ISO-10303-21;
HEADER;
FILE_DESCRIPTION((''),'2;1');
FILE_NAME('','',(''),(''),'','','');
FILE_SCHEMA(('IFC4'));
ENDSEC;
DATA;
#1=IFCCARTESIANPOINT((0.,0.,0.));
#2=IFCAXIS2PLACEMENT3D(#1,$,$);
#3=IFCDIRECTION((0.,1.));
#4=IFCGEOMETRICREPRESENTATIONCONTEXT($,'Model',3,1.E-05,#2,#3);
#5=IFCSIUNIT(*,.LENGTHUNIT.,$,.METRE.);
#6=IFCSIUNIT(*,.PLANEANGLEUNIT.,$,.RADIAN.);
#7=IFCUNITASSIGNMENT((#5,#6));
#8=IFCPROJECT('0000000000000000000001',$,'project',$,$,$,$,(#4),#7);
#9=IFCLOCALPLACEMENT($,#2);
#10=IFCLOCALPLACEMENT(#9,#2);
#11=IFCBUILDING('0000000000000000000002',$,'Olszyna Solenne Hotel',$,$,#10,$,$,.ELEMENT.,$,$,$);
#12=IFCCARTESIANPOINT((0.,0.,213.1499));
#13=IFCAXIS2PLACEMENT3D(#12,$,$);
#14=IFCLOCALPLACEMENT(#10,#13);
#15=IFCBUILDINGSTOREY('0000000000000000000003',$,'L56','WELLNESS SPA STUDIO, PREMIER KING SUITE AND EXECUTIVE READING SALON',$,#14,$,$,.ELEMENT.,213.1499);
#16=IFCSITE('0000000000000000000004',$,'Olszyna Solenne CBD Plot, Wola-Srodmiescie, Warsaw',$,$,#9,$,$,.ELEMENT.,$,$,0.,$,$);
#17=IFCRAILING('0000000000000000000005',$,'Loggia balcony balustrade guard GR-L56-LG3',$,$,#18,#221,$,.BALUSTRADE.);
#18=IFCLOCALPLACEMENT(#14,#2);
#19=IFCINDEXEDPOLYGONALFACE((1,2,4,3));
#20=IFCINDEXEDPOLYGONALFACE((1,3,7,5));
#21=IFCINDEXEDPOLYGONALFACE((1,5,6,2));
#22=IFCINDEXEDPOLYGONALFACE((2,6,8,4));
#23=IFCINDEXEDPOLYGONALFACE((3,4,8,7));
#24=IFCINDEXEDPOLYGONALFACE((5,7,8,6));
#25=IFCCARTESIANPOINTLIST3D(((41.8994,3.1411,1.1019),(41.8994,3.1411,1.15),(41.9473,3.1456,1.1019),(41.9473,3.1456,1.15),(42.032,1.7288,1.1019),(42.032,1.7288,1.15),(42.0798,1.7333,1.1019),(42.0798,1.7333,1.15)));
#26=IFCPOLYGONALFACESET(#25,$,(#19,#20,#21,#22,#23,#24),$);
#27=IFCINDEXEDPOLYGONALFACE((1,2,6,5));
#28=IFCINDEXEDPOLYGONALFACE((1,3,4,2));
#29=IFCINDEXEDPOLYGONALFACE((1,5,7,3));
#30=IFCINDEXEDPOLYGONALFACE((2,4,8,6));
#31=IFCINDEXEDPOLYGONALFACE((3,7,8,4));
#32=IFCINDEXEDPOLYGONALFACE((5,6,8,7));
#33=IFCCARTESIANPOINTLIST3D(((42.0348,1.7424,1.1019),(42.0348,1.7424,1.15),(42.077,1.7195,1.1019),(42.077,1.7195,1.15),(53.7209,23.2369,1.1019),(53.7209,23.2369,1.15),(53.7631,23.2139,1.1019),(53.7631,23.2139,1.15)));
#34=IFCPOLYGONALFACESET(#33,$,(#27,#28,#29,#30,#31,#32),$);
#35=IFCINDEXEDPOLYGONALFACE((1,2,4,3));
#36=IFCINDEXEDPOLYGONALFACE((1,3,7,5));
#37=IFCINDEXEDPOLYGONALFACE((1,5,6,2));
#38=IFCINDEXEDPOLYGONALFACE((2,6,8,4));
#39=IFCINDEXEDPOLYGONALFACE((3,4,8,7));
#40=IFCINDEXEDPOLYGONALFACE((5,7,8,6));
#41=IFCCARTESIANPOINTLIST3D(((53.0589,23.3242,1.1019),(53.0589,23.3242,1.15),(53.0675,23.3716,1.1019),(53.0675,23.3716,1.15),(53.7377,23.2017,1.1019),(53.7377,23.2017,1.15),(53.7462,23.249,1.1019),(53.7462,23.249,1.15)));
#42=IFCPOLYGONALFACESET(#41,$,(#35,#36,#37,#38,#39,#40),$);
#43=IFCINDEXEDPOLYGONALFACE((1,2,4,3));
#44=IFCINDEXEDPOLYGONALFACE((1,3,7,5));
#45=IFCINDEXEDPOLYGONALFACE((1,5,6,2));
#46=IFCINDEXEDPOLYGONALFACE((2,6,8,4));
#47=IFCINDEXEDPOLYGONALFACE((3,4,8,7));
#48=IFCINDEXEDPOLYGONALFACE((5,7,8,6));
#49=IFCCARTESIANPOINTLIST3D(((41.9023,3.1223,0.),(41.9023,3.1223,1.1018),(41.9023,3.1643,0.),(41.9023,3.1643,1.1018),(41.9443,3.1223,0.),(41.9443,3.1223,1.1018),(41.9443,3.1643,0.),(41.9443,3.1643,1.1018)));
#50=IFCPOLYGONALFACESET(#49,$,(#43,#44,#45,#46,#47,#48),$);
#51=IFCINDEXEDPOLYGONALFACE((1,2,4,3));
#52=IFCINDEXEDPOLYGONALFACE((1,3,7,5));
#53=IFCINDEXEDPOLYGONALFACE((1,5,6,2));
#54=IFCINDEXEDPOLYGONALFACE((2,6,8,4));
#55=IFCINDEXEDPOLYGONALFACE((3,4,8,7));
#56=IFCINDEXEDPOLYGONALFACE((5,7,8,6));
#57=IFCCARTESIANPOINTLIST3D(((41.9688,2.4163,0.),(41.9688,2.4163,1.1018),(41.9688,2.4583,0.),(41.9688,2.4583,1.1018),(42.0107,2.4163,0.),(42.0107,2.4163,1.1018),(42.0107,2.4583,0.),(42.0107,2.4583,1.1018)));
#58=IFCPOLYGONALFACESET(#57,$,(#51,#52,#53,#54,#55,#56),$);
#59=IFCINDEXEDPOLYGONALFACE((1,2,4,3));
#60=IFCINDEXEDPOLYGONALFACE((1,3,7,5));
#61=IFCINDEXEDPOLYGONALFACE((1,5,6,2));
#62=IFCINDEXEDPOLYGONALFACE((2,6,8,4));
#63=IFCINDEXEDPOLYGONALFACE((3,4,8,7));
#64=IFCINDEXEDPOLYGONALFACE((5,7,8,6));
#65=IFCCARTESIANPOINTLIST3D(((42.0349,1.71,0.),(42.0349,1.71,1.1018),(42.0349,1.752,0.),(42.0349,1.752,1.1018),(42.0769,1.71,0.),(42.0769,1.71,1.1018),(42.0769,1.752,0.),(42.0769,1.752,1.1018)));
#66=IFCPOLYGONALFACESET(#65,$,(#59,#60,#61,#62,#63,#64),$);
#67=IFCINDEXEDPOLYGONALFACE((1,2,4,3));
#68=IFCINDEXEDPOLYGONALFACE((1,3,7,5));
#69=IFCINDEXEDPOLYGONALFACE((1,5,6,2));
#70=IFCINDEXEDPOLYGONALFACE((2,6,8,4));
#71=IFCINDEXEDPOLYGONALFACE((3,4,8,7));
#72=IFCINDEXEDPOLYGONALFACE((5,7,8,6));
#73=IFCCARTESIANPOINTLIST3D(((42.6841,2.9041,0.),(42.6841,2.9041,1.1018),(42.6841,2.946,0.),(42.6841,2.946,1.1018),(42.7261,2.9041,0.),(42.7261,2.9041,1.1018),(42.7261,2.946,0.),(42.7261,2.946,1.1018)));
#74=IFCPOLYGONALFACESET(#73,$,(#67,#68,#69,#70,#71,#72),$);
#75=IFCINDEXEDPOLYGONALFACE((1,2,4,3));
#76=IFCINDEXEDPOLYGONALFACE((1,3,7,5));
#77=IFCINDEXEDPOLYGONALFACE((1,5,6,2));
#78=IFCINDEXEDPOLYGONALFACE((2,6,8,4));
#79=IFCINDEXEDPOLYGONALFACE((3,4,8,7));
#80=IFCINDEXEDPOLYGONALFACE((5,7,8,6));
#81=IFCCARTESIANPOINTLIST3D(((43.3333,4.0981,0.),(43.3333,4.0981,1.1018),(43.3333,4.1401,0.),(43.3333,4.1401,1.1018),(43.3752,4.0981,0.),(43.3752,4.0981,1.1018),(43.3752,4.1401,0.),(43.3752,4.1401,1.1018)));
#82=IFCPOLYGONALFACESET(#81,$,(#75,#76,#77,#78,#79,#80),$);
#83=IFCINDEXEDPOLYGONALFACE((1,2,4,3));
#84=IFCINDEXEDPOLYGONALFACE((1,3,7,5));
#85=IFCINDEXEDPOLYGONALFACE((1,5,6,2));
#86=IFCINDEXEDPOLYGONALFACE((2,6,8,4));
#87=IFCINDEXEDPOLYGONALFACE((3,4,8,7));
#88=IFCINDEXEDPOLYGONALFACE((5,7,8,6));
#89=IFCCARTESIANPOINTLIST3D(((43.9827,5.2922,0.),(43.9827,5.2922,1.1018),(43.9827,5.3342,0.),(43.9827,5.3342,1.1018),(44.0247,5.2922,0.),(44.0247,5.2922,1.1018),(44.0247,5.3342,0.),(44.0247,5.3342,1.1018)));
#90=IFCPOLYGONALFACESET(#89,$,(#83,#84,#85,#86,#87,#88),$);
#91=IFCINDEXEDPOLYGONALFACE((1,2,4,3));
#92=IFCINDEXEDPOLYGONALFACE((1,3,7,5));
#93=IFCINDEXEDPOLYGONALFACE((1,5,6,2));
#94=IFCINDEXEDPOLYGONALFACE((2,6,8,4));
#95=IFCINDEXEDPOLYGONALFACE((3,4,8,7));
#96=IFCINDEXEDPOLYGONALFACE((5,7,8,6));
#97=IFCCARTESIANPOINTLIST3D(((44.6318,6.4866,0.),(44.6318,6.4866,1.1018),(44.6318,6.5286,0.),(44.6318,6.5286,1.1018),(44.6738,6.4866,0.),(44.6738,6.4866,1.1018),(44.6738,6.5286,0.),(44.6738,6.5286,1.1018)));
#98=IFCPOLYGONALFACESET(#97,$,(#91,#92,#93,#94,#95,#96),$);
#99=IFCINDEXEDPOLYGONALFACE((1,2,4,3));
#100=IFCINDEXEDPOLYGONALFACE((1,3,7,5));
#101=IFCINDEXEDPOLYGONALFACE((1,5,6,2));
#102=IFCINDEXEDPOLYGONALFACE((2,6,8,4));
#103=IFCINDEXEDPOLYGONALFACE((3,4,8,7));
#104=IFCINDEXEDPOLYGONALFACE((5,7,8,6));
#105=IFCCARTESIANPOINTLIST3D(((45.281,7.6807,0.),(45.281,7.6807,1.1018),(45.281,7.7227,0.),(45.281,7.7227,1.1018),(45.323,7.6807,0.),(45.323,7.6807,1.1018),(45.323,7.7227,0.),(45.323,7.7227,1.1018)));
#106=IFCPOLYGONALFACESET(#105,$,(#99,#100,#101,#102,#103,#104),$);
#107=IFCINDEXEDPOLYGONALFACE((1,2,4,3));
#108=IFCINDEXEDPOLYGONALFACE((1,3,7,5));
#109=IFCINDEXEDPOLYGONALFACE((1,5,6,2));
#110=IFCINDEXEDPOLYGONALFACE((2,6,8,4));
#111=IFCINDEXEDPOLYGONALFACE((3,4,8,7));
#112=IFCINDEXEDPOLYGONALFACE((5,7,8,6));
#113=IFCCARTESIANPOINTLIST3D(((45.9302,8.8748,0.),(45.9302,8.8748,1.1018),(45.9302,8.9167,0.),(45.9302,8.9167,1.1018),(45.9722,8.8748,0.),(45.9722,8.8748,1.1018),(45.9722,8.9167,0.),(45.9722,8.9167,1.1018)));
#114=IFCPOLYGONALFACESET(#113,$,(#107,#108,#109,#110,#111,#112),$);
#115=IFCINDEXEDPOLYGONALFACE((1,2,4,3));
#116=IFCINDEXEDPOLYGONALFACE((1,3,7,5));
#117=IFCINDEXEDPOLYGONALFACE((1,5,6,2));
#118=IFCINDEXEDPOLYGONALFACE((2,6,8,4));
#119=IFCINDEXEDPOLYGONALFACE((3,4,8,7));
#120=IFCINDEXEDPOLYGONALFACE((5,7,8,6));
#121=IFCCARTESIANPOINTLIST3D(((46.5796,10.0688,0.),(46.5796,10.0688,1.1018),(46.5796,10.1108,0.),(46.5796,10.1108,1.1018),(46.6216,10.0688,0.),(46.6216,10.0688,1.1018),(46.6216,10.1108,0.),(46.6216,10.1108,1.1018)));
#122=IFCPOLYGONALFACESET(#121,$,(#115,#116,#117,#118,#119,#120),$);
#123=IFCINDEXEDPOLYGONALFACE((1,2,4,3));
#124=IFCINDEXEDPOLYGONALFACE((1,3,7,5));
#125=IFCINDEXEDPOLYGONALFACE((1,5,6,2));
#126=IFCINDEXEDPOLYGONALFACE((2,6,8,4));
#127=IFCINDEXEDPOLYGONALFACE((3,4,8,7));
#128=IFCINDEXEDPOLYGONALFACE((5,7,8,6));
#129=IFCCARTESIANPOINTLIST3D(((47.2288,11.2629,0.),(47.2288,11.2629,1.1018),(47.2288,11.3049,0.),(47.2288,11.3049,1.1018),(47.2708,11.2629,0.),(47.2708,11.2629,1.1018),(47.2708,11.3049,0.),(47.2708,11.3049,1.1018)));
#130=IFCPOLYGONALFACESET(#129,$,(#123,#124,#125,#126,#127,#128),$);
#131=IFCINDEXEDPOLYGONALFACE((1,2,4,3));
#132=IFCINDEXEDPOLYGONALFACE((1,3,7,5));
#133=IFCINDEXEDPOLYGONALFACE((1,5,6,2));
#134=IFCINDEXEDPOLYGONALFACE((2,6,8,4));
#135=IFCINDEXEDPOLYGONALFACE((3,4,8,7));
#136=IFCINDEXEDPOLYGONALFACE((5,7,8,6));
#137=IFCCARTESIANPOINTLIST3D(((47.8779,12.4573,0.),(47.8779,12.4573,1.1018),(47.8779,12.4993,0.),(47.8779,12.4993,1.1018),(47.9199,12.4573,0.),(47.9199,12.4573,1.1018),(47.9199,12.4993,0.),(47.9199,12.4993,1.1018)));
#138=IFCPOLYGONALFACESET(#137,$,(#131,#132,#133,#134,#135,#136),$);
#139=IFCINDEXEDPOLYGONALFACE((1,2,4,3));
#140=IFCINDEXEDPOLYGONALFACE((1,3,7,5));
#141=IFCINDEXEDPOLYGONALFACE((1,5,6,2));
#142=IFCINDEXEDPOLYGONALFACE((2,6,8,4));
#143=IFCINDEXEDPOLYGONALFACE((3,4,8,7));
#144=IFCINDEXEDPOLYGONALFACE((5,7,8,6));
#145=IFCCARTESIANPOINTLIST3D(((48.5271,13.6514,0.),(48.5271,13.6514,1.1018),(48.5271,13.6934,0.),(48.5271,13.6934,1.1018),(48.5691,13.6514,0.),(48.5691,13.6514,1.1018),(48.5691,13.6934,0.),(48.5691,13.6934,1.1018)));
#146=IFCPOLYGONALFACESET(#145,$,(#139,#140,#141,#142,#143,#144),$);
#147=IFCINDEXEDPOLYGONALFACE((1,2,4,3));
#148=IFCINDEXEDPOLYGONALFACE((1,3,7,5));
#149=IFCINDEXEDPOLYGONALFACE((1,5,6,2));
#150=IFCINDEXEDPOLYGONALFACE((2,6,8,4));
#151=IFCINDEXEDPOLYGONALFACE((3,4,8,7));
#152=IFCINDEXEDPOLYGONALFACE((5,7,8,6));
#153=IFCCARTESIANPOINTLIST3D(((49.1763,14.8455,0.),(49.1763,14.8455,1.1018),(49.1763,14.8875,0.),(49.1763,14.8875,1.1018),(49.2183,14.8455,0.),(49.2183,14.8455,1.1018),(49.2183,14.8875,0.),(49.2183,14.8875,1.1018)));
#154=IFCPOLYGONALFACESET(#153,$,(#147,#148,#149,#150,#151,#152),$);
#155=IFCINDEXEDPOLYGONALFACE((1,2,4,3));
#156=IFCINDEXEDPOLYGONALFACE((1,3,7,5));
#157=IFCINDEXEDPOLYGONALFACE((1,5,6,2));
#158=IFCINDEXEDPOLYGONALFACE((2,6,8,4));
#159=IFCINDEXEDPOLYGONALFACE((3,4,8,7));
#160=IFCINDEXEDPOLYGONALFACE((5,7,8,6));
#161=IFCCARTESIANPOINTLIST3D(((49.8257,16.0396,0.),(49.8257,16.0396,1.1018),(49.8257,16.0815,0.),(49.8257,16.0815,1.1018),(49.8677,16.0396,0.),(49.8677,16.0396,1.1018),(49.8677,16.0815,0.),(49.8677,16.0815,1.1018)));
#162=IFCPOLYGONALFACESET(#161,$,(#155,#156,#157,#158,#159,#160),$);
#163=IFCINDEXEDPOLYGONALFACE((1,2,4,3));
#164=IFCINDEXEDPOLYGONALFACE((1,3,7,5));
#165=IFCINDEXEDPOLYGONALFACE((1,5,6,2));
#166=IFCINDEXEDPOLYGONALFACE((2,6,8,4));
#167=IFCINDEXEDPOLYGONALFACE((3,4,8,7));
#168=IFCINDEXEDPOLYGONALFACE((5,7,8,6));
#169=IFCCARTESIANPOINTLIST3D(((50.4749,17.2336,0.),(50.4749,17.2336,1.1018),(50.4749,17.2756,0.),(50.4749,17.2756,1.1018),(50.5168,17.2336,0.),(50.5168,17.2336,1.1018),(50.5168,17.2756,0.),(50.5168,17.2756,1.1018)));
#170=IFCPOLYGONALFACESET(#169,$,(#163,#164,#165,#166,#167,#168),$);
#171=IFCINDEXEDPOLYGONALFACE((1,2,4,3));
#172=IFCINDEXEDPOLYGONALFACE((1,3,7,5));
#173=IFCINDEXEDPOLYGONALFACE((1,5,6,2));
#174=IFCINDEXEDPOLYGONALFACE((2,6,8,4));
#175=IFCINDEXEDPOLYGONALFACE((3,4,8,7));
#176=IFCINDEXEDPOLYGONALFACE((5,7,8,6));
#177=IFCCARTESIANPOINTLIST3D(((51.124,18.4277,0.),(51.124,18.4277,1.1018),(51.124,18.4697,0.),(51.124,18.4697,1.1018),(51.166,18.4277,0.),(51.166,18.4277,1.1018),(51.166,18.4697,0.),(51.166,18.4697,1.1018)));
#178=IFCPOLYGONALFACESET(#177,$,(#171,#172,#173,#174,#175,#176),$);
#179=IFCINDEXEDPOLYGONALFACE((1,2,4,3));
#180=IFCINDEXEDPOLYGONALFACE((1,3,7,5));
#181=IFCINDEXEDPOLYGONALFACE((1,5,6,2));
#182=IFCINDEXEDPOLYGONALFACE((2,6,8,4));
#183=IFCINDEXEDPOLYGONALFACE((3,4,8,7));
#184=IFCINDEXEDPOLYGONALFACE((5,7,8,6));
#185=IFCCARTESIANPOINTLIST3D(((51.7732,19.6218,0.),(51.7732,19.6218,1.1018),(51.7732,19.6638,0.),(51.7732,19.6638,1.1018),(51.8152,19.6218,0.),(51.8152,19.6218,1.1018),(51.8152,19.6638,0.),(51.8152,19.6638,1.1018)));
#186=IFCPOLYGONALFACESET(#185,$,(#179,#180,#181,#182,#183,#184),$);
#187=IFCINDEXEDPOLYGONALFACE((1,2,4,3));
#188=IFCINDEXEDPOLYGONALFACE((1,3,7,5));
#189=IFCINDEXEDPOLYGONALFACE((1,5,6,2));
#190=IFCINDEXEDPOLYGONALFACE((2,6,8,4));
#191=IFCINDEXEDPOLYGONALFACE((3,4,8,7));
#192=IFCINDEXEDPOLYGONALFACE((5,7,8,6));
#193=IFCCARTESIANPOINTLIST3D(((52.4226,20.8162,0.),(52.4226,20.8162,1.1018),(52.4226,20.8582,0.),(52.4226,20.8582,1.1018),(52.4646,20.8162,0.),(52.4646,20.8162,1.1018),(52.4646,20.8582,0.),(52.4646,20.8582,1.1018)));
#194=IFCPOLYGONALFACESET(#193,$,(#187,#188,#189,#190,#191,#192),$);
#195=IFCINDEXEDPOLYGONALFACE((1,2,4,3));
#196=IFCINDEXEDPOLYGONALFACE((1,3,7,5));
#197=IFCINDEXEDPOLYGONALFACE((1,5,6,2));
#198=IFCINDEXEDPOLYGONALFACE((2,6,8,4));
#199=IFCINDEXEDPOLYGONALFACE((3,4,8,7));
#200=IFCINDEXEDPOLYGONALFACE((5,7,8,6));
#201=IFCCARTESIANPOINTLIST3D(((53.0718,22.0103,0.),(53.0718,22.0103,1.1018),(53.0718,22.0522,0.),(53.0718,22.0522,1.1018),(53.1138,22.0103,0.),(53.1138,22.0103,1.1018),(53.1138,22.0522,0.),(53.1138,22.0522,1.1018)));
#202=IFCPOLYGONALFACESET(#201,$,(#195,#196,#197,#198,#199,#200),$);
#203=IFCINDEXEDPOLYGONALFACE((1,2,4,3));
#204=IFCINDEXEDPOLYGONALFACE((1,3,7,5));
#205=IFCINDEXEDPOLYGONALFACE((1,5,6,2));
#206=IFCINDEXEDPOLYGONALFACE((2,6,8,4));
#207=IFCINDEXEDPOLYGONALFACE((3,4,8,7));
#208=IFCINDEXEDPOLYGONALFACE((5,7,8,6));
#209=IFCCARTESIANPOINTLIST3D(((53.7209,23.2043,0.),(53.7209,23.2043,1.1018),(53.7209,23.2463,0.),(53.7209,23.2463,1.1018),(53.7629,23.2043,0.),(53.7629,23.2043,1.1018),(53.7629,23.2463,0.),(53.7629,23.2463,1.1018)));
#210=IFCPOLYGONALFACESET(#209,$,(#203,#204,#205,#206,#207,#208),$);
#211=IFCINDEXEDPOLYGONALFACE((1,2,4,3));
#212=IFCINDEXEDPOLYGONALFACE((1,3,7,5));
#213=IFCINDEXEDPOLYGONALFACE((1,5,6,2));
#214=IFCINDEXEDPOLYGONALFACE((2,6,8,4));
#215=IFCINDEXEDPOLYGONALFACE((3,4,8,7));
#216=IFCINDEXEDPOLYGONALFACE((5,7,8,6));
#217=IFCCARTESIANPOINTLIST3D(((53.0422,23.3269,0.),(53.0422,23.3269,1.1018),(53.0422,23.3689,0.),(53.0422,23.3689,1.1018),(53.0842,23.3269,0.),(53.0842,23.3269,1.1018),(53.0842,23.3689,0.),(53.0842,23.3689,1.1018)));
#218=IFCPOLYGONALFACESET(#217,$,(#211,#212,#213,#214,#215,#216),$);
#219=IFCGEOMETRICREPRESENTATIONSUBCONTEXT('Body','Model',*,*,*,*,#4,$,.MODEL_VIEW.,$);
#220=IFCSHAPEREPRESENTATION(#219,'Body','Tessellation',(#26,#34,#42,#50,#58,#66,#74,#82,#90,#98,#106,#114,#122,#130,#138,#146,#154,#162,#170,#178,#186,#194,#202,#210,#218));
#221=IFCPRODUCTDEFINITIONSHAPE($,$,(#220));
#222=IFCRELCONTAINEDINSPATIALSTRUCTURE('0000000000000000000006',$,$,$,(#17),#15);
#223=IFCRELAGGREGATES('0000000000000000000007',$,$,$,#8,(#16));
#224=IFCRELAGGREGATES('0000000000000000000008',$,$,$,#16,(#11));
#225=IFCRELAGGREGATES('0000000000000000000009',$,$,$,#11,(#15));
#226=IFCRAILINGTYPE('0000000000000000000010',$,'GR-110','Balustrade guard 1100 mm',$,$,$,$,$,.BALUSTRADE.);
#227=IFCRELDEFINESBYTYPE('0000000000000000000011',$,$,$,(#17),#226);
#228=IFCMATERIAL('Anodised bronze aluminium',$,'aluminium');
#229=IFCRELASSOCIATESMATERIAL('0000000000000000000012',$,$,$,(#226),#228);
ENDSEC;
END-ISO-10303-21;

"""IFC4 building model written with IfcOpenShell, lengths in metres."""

from ifc_helpers import new_model, si_unit, direction, frame, origin, origin_2d, place, context, subcontext, project, spatial, rectangle, extrude, material, type_object, element, save


model = new_model("IFC4")

# Units and contexts
model_context = context("Model", 3, precision=1e-05, world=origin(), true_north=direction((0.0, 1.0)))
body_context = subcontext(model_context, "Body", "Model", "MODEL_VIEW")
ifc_project = project(units=[si_unit("LENGTHUNIT", "METRE"), si_unit("PLANEANGLEUNIT", "RADIAN")], contexts=[model_context])

# Site, building, storey
site_placement = place(None, origin())
site = spatial("IfcSite", under=ifc_project, at=site_placement, Name="Olszyna Solenne CBD Plot, Wola-Srodmiescie, Warsaw", CompositionType="ELEMENT", RefElevation=0.0)
building_placement = place(site_placement, origin())
building = spatial("IfcBuilding", under=site, at=building_placement, Name="Olszyna Solenne Hotel", CompositionType="ELEMENT")
storey_placement = place(building_placement, frame((0.0, 0.0, 213.1499)))
storey = spatial("IfcBuildingStorey", under=building, at=storey_placement, Name="L56", Description="WELLNESS SPA STUDIO, PREMIER KING SUITE AND EXECUTIVE READING SALON", CompositionType="ELEMENT", Elevation=213.1499)

# Shared definitions
ifc_material_1 = material(Name="Anodised bronze aluminium", Category="aluminium")

# Railing
railing_type = type_object("IfcRailingType", Name="GR-110", Description="Balustrade guard 1100 mm", PredefinedType="BALUSTRADE", material=ifc_material_1)
railing_1_placement = place(storey_placement, frame((41.9233, 3.1433, 0.0)))
element("IfcRailing", 1, at=railing_1_placement, inside=storey, type_object=railing_type, Name="Loggia balcony balustrade guard GR-L56-LG3", PredefinedType="BALUSTRADE", context=body_context, shape_type="SweptSolid", body=[
    extrude(rectangle(XDim=0.0481, YDim=0.0481, at=origin_2d()), frame((0.0, 0.0, 1.126), z_axis=(0.093453, -0.995624, 0.0), x_axis=(0.995624, 0.093453, 0.0)), (0.0, 0.0, 1.0), 1.4185),
    extrude(rectangle(XDim=0.0481, YDim=0.0481, at=origin_2d()), frame((0.1326, -1.4124, 1.126), z_axis=(0.477649, 0.878551, 0.0), x_axis=(-0.878551, 0.477649, 0.0)), (0.0, 0.0, 1.0), 24.4658),
    extrude(rectangle(XDim=0.0481, YDim=0.0481, at=origin_2d()), frame((11.8186, 20.082, 1.126), z_axis=(-0.984084, 0.177702, 0.0), x_axis=(-0.177702, -0.984084, 0.0)), (0.0, 0.0, 1.0), 0.6897),
    extrude(rectangle(XDim=0.042, YDim=0.042, at=origin_2d()), origin(), (0.0, 0.0, 1.0), 1.1018),
    extrude(rectangle(XDim=0.042, YDim=0.042, at=origin_2d()), frame((0.0664, -0.7061, 0.0)), (0.0, 0.0, 1.0), 1.1018),
    extrude(rectangle(XDim=0.042, YDim=0.042, at=origin_2d()), frame((0.1326, -1.4124, 0.0)), (0.0, 0.0, 1.0), 1.1018),
    extrude(rectangle(XDim=0.042, YDim=0.042, at=origin_2d()), frame((0.7817, -0.2183, 0.0)), (0.0, 0.0, 1.0), 1.1018),
    extrude(rectangle(XDim=0.042, YDim=0.042, at=origin_2d()), frame((1.4309, 0.9758, 0.0)), (0.0, 0.0, 1.0), 1.1018),
    extrude(rectangle(XDim=0.042, YDim=0.042, at=origin_2d()), frame((2.0803, 2.1699, 0.0)), (0.0, 0.0, 1.0), 1.1018),
    extrude(rectangle(XDim=0.042, YDim=0.042, at=origin_2d()), frame((2.7295, 3.3643, 0.0)), (0.0, 0.0, 1.0), 1.1018),
    extrude(rectangle(XDim=0.042, YDim=0.042, at=origin_2d()), frame((3.3787, 4.5583, 0.0)), (0.0, 0.0, 1.0), 1.1018),
    extrude(rectangle(XDim=0.042, YDim=0.042, at=origin_2d()), frame((4.0278, 5.7524, 0.0)), (0.0, 0.0, 1.0), 1.1018),
    extrude(rectangle(XDim=0.042, YDim=0.042, at=origin_2d()), frame((4.6772, 6.9465, 0.0)), (0.0, 0.0, 1.0), 1.1018),
    extrude(rectangle(XDim=0.042, YDim=0.042, at=origin_2d()), frame((5.3264, 8.1406, 0.0)), (0.0, 0.0, 1.0), 1.1018),
    extrude(rectangle(XDim=0.042, YDim=0.042, at=origin_2d()), frame((5.9756, 9.335, 0.0)), (0.0, 0.0, 1.0), 1.1018),
    extrude(rectangle(XDim=0.042, YDim=0.042, at=origin_2d()), frame((6.6248, 10.5291, 0.0)), (0.0, 0.0, 1.0), 1.1018),
    extrude(rectangle(XDim=0.042, YDim=0.042, at=origin_2d()), frame((7.2739, 11.7231, 0.0)), (0.0, 0.0, 1.0), 1.1018),
    extrude(rectangle(XDim=0.042, YDim=0.042, at=origin_2d()), frame((7.9233, 12.9172, 0.0)), (0.0, 0.0, 1.0), 1.1018),
    extrude(rectangle(XDim=0.042, YDim=0.042, at=origin_2d()), frame((8.5725, 14.1113, 0.0)), (0.0, 0.0, 1.0), 1.1018),
    extrude(rectangle(XDim=0.042, YDim=0.042, at=origin_2d()), frame((9.2217, 15.3054, 0.0)), (0.0, 0.0, 1.0), 1.1018),
    extrude(rectangle(XDim=0.042, YDim=0.042, at=origin_2d()), frame((9.8708, 16.4995, 0.0)), (0.0, 0.0, 1.0), 1.1018),
    extrude(rectangle(XDim=0.042, YDim=0.042, at=origin_2d()), frame((10.5203, 17.6938, 0.0)), (0.0, 0.0, 1.0), 1.1018),
    extrude(rectangle(XDim=0.042, YDim=0.042, at=origin_2d()), frame((11.1694, 18.8879, 0.0)), (0.0, 0.0, 1.0), 1.1018),
    extrude(rectangle(XDim=0.042, YDim=0.042, at=origin_2d()), frame((11.8186, 20.082, 0.0)), (0.0, 0.0, 1.0), 1.1018),
    extrude(rectangle(XDim=0.042, YDim=0.042, at=origin_2d()), frame((11.1399, 20.2046, 0.0)), (0.0, 0.0, 1.0), 1.1018),
])

save(model, "model.ifc")
